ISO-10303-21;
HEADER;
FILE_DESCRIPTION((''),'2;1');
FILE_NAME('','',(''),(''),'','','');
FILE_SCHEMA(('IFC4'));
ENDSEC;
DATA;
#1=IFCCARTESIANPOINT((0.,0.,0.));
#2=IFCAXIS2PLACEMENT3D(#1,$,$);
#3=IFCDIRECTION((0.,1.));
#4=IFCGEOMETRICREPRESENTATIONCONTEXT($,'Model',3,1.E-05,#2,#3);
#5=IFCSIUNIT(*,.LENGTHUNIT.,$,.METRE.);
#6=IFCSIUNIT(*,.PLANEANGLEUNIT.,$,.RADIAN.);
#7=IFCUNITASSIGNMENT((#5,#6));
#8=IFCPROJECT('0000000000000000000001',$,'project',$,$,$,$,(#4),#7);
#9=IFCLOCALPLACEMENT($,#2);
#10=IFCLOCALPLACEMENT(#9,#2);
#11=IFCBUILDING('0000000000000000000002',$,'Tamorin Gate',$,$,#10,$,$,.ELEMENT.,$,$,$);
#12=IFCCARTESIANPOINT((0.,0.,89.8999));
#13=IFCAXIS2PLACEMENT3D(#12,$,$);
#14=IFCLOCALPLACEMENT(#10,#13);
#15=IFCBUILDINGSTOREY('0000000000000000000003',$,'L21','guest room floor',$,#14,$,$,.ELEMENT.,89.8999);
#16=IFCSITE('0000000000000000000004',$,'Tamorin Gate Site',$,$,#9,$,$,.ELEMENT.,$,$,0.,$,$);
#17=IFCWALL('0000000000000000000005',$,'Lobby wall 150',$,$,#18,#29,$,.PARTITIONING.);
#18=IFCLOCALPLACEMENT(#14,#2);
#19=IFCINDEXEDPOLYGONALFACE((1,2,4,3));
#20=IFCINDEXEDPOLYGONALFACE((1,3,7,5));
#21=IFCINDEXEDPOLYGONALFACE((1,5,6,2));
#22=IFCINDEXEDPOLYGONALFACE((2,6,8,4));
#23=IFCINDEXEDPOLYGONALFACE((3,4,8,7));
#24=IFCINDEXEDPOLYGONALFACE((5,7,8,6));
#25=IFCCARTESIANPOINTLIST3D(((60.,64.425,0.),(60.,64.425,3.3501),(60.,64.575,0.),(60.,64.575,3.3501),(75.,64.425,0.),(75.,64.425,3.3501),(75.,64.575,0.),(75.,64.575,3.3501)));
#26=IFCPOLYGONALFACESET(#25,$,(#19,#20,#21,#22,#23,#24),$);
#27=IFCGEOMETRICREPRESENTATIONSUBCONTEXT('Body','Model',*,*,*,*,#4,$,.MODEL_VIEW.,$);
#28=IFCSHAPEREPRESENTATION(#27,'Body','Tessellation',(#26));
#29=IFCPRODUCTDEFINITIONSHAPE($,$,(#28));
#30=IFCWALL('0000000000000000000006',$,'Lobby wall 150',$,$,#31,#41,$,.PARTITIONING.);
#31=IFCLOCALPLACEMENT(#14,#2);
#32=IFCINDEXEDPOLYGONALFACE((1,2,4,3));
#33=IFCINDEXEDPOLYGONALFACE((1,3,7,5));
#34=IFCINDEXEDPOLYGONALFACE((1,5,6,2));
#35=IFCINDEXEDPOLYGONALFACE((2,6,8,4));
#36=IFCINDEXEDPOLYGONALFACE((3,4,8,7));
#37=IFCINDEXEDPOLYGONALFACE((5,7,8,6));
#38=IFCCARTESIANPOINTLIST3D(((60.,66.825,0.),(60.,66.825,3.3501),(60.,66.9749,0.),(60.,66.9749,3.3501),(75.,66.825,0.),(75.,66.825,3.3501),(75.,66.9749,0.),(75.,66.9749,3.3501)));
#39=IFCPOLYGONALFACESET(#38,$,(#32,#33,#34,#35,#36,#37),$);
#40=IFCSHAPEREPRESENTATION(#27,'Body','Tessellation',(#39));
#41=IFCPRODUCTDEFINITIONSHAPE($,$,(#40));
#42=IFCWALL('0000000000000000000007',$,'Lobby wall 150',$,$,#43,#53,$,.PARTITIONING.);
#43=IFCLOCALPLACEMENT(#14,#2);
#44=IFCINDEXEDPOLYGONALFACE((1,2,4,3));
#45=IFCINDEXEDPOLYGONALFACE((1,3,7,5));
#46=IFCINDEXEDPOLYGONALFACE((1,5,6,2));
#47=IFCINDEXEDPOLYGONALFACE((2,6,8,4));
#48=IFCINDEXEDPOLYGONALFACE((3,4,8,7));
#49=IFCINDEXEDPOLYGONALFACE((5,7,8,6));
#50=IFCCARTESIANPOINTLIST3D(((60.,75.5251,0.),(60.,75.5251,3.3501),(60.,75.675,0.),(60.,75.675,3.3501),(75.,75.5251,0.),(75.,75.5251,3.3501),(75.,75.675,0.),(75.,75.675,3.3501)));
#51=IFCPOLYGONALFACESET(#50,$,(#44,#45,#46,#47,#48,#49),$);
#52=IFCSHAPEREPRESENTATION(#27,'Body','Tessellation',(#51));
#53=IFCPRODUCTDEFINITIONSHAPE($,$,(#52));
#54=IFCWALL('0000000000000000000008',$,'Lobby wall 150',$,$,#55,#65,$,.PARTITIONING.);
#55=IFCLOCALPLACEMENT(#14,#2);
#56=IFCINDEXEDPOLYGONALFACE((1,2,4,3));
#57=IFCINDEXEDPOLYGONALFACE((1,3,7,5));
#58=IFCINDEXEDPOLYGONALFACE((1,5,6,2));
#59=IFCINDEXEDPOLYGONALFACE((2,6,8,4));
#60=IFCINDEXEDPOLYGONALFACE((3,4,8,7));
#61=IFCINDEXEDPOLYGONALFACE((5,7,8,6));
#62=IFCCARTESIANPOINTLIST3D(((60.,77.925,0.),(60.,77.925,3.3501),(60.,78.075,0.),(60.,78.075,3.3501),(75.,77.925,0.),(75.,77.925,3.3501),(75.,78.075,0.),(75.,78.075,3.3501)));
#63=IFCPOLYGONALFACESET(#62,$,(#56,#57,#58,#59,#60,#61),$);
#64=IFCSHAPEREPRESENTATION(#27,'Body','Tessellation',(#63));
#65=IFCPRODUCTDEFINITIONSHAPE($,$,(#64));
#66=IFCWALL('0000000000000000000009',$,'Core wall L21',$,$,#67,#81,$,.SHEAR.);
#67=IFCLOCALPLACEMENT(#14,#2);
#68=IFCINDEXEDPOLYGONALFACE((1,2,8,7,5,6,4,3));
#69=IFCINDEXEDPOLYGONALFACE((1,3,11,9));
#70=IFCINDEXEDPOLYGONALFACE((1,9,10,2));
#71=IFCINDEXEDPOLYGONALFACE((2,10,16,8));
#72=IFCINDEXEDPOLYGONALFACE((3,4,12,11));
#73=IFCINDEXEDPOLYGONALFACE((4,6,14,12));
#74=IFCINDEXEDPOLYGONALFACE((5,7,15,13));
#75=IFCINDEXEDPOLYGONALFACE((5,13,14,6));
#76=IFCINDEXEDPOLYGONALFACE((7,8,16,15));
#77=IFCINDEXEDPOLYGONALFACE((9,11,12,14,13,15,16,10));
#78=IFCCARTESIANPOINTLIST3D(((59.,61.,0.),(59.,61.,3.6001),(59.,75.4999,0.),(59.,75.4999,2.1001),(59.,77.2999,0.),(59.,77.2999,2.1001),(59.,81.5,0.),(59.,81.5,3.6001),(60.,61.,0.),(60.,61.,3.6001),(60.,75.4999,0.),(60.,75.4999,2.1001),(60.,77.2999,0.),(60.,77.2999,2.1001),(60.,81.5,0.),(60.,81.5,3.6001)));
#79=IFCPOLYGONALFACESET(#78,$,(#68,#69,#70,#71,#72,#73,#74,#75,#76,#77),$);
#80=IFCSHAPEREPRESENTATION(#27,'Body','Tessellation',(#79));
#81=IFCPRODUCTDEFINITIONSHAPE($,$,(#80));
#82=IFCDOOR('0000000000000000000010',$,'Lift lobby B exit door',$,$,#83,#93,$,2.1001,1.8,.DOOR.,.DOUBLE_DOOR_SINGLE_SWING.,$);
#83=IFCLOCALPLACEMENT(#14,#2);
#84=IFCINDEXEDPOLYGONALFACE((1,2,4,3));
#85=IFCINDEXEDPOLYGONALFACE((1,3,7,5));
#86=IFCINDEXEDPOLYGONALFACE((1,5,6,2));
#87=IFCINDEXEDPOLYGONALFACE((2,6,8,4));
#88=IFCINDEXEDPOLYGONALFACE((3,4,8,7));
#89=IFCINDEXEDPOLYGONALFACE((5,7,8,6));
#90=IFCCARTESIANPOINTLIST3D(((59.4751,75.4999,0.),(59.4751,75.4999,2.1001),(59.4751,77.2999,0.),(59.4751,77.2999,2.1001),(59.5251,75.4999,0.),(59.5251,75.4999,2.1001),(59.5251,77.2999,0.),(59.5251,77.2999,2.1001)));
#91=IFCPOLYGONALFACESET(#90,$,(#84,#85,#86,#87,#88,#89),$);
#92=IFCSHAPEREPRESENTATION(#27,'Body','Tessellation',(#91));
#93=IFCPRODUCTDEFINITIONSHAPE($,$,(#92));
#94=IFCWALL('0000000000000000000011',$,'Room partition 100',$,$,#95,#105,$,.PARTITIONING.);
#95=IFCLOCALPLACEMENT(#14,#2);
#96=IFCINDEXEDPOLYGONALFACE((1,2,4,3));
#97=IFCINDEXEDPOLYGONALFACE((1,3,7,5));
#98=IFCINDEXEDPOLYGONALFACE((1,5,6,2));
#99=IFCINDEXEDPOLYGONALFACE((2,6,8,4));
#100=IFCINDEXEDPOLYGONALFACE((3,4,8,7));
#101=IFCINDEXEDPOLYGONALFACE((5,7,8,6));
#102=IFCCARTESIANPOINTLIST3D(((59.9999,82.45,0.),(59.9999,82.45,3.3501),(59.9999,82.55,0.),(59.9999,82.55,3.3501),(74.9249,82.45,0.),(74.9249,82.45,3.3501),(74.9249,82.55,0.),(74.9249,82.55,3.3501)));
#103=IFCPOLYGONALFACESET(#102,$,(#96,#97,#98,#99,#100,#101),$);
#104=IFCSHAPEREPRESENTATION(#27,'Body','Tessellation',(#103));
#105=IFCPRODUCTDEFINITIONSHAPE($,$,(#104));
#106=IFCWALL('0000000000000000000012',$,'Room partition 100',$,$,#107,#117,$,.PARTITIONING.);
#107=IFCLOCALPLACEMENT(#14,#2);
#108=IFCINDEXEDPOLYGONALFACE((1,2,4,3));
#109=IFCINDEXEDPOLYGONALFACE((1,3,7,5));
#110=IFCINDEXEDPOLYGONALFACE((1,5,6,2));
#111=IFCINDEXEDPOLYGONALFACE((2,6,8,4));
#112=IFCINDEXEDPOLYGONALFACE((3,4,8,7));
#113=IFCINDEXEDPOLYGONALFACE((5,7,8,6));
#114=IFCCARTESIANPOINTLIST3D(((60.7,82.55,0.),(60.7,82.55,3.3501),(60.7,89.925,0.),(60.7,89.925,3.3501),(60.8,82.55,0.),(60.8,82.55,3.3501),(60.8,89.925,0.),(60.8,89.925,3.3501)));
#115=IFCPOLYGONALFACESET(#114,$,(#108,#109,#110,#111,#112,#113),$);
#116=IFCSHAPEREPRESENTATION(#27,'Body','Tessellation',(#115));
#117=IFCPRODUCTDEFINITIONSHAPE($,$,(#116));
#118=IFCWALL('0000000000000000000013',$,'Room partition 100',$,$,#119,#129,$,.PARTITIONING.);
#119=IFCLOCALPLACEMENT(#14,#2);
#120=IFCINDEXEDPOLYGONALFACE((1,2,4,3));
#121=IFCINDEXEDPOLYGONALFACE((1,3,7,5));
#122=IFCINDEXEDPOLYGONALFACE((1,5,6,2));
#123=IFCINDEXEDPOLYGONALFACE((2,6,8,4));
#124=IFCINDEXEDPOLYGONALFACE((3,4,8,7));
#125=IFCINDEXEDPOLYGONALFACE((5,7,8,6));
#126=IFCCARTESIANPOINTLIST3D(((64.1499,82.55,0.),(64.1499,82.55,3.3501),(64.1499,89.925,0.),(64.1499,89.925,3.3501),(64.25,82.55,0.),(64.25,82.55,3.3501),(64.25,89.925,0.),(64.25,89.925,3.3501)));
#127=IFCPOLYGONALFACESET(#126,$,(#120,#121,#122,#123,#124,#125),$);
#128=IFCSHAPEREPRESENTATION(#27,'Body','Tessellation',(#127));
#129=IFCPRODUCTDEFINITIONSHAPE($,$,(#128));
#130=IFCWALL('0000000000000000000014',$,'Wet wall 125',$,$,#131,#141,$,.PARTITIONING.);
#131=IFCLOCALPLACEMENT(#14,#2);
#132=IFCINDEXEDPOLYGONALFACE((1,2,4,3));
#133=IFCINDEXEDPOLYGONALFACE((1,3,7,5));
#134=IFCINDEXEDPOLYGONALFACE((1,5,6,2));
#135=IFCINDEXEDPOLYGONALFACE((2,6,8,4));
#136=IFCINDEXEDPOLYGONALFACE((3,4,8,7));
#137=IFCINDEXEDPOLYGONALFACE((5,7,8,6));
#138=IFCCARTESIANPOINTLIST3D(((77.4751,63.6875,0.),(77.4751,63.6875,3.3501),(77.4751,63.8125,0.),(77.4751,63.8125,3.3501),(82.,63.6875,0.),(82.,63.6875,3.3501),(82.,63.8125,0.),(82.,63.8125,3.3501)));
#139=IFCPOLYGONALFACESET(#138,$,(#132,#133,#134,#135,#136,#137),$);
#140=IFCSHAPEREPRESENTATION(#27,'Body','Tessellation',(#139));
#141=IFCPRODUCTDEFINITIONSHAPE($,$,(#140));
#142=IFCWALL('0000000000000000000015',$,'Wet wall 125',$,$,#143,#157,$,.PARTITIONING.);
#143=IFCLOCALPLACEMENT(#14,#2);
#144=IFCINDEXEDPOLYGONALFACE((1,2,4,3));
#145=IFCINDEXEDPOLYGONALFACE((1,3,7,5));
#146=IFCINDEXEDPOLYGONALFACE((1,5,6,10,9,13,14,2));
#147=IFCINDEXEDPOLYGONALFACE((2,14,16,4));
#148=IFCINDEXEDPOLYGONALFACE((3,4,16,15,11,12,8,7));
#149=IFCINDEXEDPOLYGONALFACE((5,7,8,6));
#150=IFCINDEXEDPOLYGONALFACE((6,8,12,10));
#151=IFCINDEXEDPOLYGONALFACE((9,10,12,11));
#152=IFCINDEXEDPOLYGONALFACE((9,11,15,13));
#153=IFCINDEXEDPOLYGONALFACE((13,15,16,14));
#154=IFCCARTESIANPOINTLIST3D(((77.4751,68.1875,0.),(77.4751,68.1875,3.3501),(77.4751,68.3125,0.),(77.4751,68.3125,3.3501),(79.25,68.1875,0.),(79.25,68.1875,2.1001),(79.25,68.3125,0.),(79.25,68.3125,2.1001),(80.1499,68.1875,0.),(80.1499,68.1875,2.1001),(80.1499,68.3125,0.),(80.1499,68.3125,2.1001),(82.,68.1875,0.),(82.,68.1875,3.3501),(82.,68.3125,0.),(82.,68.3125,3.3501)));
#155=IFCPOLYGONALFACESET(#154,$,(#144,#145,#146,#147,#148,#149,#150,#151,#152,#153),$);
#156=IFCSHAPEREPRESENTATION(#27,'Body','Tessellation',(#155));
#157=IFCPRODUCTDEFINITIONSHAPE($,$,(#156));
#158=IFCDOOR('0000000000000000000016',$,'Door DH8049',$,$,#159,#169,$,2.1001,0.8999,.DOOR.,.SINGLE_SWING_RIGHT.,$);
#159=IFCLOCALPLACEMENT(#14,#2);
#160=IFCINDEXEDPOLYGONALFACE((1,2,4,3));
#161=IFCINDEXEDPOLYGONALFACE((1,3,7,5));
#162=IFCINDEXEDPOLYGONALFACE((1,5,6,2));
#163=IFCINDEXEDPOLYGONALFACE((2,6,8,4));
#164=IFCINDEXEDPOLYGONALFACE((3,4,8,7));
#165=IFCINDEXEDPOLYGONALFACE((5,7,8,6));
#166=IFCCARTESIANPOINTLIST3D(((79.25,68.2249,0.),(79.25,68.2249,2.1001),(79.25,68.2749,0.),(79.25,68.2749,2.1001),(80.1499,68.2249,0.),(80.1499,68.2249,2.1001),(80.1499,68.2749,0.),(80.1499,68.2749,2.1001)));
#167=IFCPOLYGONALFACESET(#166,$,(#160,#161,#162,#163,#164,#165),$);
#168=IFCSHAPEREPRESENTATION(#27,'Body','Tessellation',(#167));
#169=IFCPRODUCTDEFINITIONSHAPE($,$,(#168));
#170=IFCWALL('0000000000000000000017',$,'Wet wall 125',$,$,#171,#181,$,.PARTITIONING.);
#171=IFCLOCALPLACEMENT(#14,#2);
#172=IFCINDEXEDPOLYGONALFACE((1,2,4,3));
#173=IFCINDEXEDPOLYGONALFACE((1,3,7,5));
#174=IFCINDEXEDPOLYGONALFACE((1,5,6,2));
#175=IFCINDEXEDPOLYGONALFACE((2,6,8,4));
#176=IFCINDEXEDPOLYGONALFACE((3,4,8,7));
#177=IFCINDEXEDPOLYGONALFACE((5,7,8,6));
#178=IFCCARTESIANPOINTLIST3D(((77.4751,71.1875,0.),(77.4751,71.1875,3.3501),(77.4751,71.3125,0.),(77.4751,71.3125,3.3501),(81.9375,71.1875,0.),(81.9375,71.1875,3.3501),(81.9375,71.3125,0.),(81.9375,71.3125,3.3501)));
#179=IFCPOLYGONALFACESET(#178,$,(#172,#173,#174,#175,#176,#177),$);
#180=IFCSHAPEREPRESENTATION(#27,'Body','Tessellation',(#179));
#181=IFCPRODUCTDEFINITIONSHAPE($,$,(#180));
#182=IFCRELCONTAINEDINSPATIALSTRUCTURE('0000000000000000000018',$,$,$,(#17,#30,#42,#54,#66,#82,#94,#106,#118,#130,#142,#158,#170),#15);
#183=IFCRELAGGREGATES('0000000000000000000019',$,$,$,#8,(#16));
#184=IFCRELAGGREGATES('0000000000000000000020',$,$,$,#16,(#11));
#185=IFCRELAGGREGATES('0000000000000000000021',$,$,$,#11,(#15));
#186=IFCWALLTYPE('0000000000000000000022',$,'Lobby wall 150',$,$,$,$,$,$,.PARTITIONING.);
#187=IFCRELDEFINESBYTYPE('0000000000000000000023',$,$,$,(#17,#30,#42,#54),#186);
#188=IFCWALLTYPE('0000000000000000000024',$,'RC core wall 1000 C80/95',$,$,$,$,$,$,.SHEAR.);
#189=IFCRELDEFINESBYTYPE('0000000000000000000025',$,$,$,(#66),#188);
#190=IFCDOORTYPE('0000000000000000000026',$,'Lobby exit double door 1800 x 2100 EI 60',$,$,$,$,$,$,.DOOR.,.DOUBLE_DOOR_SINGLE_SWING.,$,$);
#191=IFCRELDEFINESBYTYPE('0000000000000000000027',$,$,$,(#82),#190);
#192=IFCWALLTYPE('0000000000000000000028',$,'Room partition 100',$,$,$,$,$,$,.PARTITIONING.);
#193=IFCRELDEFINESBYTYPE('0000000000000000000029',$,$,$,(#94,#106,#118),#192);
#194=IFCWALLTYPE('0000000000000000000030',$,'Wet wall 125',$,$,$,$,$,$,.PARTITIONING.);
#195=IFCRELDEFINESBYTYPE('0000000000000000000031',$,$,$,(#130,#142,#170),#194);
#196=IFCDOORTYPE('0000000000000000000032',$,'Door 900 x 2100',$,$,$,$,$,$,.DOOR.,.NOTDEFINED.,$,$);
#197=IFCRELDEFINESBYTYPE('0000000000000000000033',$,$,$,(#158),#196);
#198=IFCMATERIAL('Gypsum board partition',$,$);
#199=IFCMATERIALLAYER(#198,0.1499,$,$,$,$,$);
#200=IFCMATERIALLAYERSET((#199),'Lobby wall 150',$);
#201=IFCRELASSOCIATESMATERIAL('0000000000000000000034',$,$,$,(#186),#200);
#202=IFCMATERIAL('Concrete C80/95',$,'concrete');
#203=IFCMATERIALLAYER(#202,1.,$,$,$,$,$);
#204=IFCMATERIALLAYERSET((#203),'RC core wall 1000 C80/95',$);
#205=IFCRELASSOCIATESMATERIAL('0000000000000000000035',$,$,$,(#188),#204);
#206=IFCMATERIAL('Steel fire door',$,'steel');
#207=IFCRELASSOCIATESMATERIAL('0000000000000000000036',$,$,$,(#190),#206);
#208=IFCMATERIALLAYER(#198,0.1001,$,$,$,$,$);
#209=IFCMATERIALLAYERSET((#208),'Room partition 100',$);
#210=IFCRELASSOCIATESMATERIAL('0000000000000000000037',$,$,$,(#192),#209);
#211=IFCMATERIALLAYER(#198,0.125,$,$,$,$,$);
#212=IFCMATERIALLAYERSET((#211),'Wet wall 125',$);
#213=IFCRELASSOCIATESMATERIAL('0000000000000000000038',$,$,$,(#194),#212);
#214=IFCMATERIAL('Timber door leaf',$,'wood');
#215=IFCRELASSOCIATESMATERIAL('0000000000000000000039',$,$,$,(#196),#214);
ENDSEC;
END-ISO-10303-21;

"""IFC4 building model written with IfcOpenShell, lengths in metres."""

from ifc_helpers import new_model, si_unit, direction, frame, frame_2d, origin, place, context, subcontext, project, spatial, rectangle, extrude, material, layer, layer_set, type_object, element, fill, save


model = new_model("IFC4")

# Units and contexts
model_context = context("Model", 3, precision=1e-05, world=origin(), true_north=direction((0.0, 1.0)))
body_context = subcontext(model_context, "Body", "Model", "MODEL_VIEW")
ifc_project = project(units=[si_unit("LENGTHUNIT", "METRE"), si_unit("PLANEANGLEUNIT", "RADIAN")], contexts=[model_context])

# Site, building, storey
site_placement = place(None, origin())
site = spatial("IfcSite", under=ifc_project, at=site_placement, Name="Tamorin Gate Site", CompositionType="ELEMENT", RefElevation=0.0)
building_placement = place(site_placement, origin())
building = spatial("IfcBuilding", under=site, at=building_placement, Name="Tamorin Gate", CompositionType="ELEMENT")
storey_placement = place(building_placement, frame((0.0, 0.0, 89.8999)))
storey = spatial("IfcBuildingStorey", under=building, at=storey_placement, Name="L21", Description="guest room floor", CompositionType="ELEMENT", Elevation=89.8999)

# Shared definitions
ifc_material_1 = material(Name="Concrete C80/95", Category="concrete")

# Shared definitions
ifc_material_2 = material(Name="Gypsum board partition")
ifc_material_3 = material(Name="Timber door leaf", Category="wood")

# Walls
ifc_layer_1 = layer(ifc_material_2, 0.1499)
ifc_layer_set_1 = layer_set([ifc_layer_1], Name="Lobby wall 150")
wall_type_1 = type_object("IfcWallType", Name="Lobby wall 150", PredefinedType="PARTITIONING", material=ifc_layer_set_1)
for number, where, z_axis, x_axis, name in (
    (1, (60.0, 64.5, 0.0), (0.0, 0.0, 1.0), (1.0, 0.0, 0.0), "Lobby wall 150"),
    (2, (60.0, 66.8999, 0.0), (0.0, 0.0, 1.0), (1.0, 0.0, 0.0), "Lobby wall 150"),
    (3, (60.0, 75.6001, 0.0), (0.0, 0.0, 1.0), (1.0, 0.0, 0.0), "Lobby wall 150"),
    (4, (60.0, 78.0, 0.0), (0.0, 0.0, 1.0), (1.0, 0.0, 0.0), "Lobby wall 150"),
):
    element("IfcWall", number, at=place(storey_placement, frame(where, z_axis=z_axis, x_axis=x_axis)), inside=storey, type_object=wall_type_1, Name=name, PredefinedType="PARTITIONING", context=body_context, shape_type="SweptSolid", body=[
        extrude(rectangle(XDim=15.0, YDim=0.1499, at=frame_2d((7.5, 0.0))), origin(), (0.0, 0.0, 1.0), 3.3501),
    ])

# Wall, opening, door
ifc_layer_2 = layer(ifc_material_1, 1.0)
ifc_layer_set_2 = layer_set([ifc_layer_2], Name="RC core wall 1000 C80/95")
wall_type_2 = type_object("IfcWallType", Name="RC core wall 1000 C80/95", PredefinedType="SHEAR", material=ifc_layer_set_2)
wall_1_placement = place(storey_placement, frame((59.5, 61.0, 0.0), z_axis=(0.0, 0.0, 1.0), x_axis=(0.0, 1.0, 0.0)))
wall_1 = element("IfcWall", 5, at=wall_1_placement, inside=storey, type_object=wall_type_2, Name="Core wall L21", PredefinedType="SHEAR", context=body_context, shape_type="SweptSolid", body=[
    extrude(rectangle(XDim=20.5, YDim=1.0, at=frame_2d((10.25, 0.0))), origin(), (0.0, 0.0, 1.0), 3.6001),
])
opening_1_placement = place(wall_1_placement, frame((14.5, 0.0, 0.0)))
opening_1 = element("IfcOpeningElement", 6, at=opening_1_placement, cuts=wall_1, PredefinedType="OPENING", context=body_context, shape_type="SweptSolid", body=[
    extrude(rectangle(XDim=1.8, YDim=2.1001, at=frame_2d((0.8999, 1.05))), frame((0.0, 0.51, 0.0), z_axis=(0.0, -1.0, 0.0), x_axis=(1.0, 0.0, 0.0)), (0.0, 0.0, 1.0), 1.02),
])
ifc_material_4 = material(Name="Steel fire door", Category="steel")
door_type_1 = type_object("IfcDoorType", Name="Lobby exit double door 1800 x 2100 EI 60", OperationType="DOUBLE_DOOR_SINGLE_SWING", PredefinedType="DOOR", material=ifc_material_4)
door_1_placement = place(opening_1_placement, origin())
door_1 = element("IfcDoor", 7, at=door_1_placement, inside=storey, type_object=door_type_1, Name="Lift lobby B exit door", OperationType="DOUBLE_DOOR_SINGLE_SWING", OverallHeight=2.1001, OverallWidth=1.8, PredefinedType="DOOR", context=body_context, shape_type="SweptSolid", body=[
    extrude(rectangle(XDim=1.8, YDim=2.1001, at=frame_2d((0.8999, 1.05))), frame((0.0, 0.0249, 0.0), z_axis=(0.0, -1.0, 0.0), x_axis=(1.0, 0.0, 0.0)), (0.0, 0.0, 1.0), 0.05),
])
fill(opening_1, door_1)

# Walls
ifc_layer_3 = layer(ifc_material_2, 0.1001)
ifc_layer_set_3 = layer_set([ifc_layer_3], Name="Room partition 100")
wall_type_3 = type_object("IfcWallType", Name="Room partition 100", PredefinedType="PARTITIONING", material=ifc_layer_set_3)
wall_2_placement = place(storey_placement, frame((60.0, 82.5, 0.0), z_axis=(0.0, 0.0, 1.0), x_axis=(1.0, 0.0, 0.0)))
element("IfcWall", 8, at=wall_2_placement, inside=storey, type_object=wall_type_3, Name="Room partition 100", PredefinedType="PARTITIONING", context=body_context, shape_type="SweptSolid", body=[
    extrude(rectangle(XDim=14.925, YDim=0.1001, at=frame_2d((7.4624, 0.0))), origin(), (0.0, 0.0, 1.0), 3.3501),
])
for number, where, z_axis, x_axis, name in (
    (9, (60.75, 82.55, 0.0), (0.0, 0.0, 1.0), (0.0, 1.0, 0.0), "Room partition 100"),
    (10, (64.2, 82.55, 0.0), (0.0, 0.0, 1.0), (0.0, 1.0, 0.0), "Room partition 100"),
):
    element("IfcWall", number, at=place(storey_placement, frame(where, z_axis=z_axis, x_axis=x_axis)), inside=storey, type_object=wall_type_3, Name=name, PredefinedType="PARTITIONING", context=body_context, shape_type="SweptSolid", body=[
        extrude(rectangle(XDim=7.375, YDim=0.1001, at=frame_2d((3.6875, 0.0))), origin(), (0.0, 0.0, 1.0), 3.3501),
    ])
ifc_layer_4 = layer(ifc_material_2, 0.125)
ifc_layer_set_4 = layer_set([ifc_layer_4], Name="Wet wall 125")
wall_type_4 = type_object("IfcWallType", Name="Wet wall 125", PredefinedType="PARTITIONING", material=ifc_layer_set_4)
wall_3_placement = place(storey_placement, frame((77.4751, 63.75, 0.0), z_axis=(0.0, 0.0, 1.0), x_axis=(1.0, 0.0, 0.0)))
element("IfcWall", 11, at=wall_3_placement, inside=storey, type_object=wall_type_4, Name="Wet wall 125", PredefinedType="PARTITIONING", context=body_context, shape_type="SweptSolid", body=[
    extrude(rectangle(XDim=4.5249, YDim=0.125, at=frame_2d((2.2625, 0.0))), origin(), (0.0, 0.0, 1.0), 3.3501),
])

# Wall, opening, door
wall_4_placement = place(storey_placement, frame((77.4751, 68.25, 0.0), z_axis=(0.0, 0.0, 1.0), x_axis=(1.0, 0.0, 0.0)))
wall_4 = element("IfcWall", 12, at=wall_4_placement, inside=storey, type_object=wall_type_4, Name="Wet wall 125", PredefinedType="PARTITIONING", context=body_context, shape_type="SweptSolid", body=[
    extrude(rectangle(XDim=4.5249, YDim=0.125, at=frame_2d((2.2625, 0.0))), origin(), (0.0, 0.0, 1.0), 3.3501),
])
opening_2_placement = place(wall_4_placement, frame((1.7749, 0.0, 0.0)))
opening_2 = element("IfcOpeningElement", 13, at=opening_2_placement, cuts=wall_4, PredefinedType="OPENING", context=body_context, shape_type="SweptSolid", body=[
    extrude(rectangle(XDim=0.8999, YDim=2.1001, at=frame_2d((0.45, 1.05))), frame((0.0, 0.0725, 0.0), z_axis=(0.0, -1.0, 0.0), x_axis=(1.0, 0.0, 0.0)), (0.0, 0.0, 1.0), 0.145),
])
door_type_2 = type_object("IfcDoorType", Name="Door 900 x 2100", OperationType="NOTDEFINED", PredefinedType="DOOR", material=ifc_material_3)
door_2_placement = place(opening_2_placement, origin())
door_2 = element("IfcDoor", 14, at=door_2_placement, inside=storey, type_object=door_type_2, Name="Door DH8049", OperationType="SINGLE_SWING_RIGHT", OverallHeight=2.1001, OverallWidth=0.8999, PredefinedType="DOOR", context=body_context, shape_type="SweptSolid", body=[
    extrude(rectangle(XDim=0.8999, YDim=2.1001, at=frame_2d((0.45, 1.05))), frame((0.0, 0.0249, 0.0), z_axis=(0.0, -1.0, 0.0), x_axis=(1.0, 0.0, 0.0)), (0.0, 0.0, 1.0), 0.05),
])
fill(opening_2, door_2)

# Wall
wall_5_placement = place(storey_placement, frame((77.4751, 71.25, 0.0), z_axis=(0.0, 0.0, 1.0), x_axis=(1.0, 0.0, 0.0)))
element("IfcWall", 15, at=wall_5_placement, inside=storey, type_object=wall_type_4, Name="Wet wall 125", PredefinedType="PARTITIONING", context=body_context, shape_type="SweptSolid", body=[
    extrude(rectangle(XDim=4.4624, YDim=0.125, at=frame_2d((2.2312, 0.0))), origin(), (0.0, 0.0, 1.0), 3.3501),
])

save(model, "model.ifc")
